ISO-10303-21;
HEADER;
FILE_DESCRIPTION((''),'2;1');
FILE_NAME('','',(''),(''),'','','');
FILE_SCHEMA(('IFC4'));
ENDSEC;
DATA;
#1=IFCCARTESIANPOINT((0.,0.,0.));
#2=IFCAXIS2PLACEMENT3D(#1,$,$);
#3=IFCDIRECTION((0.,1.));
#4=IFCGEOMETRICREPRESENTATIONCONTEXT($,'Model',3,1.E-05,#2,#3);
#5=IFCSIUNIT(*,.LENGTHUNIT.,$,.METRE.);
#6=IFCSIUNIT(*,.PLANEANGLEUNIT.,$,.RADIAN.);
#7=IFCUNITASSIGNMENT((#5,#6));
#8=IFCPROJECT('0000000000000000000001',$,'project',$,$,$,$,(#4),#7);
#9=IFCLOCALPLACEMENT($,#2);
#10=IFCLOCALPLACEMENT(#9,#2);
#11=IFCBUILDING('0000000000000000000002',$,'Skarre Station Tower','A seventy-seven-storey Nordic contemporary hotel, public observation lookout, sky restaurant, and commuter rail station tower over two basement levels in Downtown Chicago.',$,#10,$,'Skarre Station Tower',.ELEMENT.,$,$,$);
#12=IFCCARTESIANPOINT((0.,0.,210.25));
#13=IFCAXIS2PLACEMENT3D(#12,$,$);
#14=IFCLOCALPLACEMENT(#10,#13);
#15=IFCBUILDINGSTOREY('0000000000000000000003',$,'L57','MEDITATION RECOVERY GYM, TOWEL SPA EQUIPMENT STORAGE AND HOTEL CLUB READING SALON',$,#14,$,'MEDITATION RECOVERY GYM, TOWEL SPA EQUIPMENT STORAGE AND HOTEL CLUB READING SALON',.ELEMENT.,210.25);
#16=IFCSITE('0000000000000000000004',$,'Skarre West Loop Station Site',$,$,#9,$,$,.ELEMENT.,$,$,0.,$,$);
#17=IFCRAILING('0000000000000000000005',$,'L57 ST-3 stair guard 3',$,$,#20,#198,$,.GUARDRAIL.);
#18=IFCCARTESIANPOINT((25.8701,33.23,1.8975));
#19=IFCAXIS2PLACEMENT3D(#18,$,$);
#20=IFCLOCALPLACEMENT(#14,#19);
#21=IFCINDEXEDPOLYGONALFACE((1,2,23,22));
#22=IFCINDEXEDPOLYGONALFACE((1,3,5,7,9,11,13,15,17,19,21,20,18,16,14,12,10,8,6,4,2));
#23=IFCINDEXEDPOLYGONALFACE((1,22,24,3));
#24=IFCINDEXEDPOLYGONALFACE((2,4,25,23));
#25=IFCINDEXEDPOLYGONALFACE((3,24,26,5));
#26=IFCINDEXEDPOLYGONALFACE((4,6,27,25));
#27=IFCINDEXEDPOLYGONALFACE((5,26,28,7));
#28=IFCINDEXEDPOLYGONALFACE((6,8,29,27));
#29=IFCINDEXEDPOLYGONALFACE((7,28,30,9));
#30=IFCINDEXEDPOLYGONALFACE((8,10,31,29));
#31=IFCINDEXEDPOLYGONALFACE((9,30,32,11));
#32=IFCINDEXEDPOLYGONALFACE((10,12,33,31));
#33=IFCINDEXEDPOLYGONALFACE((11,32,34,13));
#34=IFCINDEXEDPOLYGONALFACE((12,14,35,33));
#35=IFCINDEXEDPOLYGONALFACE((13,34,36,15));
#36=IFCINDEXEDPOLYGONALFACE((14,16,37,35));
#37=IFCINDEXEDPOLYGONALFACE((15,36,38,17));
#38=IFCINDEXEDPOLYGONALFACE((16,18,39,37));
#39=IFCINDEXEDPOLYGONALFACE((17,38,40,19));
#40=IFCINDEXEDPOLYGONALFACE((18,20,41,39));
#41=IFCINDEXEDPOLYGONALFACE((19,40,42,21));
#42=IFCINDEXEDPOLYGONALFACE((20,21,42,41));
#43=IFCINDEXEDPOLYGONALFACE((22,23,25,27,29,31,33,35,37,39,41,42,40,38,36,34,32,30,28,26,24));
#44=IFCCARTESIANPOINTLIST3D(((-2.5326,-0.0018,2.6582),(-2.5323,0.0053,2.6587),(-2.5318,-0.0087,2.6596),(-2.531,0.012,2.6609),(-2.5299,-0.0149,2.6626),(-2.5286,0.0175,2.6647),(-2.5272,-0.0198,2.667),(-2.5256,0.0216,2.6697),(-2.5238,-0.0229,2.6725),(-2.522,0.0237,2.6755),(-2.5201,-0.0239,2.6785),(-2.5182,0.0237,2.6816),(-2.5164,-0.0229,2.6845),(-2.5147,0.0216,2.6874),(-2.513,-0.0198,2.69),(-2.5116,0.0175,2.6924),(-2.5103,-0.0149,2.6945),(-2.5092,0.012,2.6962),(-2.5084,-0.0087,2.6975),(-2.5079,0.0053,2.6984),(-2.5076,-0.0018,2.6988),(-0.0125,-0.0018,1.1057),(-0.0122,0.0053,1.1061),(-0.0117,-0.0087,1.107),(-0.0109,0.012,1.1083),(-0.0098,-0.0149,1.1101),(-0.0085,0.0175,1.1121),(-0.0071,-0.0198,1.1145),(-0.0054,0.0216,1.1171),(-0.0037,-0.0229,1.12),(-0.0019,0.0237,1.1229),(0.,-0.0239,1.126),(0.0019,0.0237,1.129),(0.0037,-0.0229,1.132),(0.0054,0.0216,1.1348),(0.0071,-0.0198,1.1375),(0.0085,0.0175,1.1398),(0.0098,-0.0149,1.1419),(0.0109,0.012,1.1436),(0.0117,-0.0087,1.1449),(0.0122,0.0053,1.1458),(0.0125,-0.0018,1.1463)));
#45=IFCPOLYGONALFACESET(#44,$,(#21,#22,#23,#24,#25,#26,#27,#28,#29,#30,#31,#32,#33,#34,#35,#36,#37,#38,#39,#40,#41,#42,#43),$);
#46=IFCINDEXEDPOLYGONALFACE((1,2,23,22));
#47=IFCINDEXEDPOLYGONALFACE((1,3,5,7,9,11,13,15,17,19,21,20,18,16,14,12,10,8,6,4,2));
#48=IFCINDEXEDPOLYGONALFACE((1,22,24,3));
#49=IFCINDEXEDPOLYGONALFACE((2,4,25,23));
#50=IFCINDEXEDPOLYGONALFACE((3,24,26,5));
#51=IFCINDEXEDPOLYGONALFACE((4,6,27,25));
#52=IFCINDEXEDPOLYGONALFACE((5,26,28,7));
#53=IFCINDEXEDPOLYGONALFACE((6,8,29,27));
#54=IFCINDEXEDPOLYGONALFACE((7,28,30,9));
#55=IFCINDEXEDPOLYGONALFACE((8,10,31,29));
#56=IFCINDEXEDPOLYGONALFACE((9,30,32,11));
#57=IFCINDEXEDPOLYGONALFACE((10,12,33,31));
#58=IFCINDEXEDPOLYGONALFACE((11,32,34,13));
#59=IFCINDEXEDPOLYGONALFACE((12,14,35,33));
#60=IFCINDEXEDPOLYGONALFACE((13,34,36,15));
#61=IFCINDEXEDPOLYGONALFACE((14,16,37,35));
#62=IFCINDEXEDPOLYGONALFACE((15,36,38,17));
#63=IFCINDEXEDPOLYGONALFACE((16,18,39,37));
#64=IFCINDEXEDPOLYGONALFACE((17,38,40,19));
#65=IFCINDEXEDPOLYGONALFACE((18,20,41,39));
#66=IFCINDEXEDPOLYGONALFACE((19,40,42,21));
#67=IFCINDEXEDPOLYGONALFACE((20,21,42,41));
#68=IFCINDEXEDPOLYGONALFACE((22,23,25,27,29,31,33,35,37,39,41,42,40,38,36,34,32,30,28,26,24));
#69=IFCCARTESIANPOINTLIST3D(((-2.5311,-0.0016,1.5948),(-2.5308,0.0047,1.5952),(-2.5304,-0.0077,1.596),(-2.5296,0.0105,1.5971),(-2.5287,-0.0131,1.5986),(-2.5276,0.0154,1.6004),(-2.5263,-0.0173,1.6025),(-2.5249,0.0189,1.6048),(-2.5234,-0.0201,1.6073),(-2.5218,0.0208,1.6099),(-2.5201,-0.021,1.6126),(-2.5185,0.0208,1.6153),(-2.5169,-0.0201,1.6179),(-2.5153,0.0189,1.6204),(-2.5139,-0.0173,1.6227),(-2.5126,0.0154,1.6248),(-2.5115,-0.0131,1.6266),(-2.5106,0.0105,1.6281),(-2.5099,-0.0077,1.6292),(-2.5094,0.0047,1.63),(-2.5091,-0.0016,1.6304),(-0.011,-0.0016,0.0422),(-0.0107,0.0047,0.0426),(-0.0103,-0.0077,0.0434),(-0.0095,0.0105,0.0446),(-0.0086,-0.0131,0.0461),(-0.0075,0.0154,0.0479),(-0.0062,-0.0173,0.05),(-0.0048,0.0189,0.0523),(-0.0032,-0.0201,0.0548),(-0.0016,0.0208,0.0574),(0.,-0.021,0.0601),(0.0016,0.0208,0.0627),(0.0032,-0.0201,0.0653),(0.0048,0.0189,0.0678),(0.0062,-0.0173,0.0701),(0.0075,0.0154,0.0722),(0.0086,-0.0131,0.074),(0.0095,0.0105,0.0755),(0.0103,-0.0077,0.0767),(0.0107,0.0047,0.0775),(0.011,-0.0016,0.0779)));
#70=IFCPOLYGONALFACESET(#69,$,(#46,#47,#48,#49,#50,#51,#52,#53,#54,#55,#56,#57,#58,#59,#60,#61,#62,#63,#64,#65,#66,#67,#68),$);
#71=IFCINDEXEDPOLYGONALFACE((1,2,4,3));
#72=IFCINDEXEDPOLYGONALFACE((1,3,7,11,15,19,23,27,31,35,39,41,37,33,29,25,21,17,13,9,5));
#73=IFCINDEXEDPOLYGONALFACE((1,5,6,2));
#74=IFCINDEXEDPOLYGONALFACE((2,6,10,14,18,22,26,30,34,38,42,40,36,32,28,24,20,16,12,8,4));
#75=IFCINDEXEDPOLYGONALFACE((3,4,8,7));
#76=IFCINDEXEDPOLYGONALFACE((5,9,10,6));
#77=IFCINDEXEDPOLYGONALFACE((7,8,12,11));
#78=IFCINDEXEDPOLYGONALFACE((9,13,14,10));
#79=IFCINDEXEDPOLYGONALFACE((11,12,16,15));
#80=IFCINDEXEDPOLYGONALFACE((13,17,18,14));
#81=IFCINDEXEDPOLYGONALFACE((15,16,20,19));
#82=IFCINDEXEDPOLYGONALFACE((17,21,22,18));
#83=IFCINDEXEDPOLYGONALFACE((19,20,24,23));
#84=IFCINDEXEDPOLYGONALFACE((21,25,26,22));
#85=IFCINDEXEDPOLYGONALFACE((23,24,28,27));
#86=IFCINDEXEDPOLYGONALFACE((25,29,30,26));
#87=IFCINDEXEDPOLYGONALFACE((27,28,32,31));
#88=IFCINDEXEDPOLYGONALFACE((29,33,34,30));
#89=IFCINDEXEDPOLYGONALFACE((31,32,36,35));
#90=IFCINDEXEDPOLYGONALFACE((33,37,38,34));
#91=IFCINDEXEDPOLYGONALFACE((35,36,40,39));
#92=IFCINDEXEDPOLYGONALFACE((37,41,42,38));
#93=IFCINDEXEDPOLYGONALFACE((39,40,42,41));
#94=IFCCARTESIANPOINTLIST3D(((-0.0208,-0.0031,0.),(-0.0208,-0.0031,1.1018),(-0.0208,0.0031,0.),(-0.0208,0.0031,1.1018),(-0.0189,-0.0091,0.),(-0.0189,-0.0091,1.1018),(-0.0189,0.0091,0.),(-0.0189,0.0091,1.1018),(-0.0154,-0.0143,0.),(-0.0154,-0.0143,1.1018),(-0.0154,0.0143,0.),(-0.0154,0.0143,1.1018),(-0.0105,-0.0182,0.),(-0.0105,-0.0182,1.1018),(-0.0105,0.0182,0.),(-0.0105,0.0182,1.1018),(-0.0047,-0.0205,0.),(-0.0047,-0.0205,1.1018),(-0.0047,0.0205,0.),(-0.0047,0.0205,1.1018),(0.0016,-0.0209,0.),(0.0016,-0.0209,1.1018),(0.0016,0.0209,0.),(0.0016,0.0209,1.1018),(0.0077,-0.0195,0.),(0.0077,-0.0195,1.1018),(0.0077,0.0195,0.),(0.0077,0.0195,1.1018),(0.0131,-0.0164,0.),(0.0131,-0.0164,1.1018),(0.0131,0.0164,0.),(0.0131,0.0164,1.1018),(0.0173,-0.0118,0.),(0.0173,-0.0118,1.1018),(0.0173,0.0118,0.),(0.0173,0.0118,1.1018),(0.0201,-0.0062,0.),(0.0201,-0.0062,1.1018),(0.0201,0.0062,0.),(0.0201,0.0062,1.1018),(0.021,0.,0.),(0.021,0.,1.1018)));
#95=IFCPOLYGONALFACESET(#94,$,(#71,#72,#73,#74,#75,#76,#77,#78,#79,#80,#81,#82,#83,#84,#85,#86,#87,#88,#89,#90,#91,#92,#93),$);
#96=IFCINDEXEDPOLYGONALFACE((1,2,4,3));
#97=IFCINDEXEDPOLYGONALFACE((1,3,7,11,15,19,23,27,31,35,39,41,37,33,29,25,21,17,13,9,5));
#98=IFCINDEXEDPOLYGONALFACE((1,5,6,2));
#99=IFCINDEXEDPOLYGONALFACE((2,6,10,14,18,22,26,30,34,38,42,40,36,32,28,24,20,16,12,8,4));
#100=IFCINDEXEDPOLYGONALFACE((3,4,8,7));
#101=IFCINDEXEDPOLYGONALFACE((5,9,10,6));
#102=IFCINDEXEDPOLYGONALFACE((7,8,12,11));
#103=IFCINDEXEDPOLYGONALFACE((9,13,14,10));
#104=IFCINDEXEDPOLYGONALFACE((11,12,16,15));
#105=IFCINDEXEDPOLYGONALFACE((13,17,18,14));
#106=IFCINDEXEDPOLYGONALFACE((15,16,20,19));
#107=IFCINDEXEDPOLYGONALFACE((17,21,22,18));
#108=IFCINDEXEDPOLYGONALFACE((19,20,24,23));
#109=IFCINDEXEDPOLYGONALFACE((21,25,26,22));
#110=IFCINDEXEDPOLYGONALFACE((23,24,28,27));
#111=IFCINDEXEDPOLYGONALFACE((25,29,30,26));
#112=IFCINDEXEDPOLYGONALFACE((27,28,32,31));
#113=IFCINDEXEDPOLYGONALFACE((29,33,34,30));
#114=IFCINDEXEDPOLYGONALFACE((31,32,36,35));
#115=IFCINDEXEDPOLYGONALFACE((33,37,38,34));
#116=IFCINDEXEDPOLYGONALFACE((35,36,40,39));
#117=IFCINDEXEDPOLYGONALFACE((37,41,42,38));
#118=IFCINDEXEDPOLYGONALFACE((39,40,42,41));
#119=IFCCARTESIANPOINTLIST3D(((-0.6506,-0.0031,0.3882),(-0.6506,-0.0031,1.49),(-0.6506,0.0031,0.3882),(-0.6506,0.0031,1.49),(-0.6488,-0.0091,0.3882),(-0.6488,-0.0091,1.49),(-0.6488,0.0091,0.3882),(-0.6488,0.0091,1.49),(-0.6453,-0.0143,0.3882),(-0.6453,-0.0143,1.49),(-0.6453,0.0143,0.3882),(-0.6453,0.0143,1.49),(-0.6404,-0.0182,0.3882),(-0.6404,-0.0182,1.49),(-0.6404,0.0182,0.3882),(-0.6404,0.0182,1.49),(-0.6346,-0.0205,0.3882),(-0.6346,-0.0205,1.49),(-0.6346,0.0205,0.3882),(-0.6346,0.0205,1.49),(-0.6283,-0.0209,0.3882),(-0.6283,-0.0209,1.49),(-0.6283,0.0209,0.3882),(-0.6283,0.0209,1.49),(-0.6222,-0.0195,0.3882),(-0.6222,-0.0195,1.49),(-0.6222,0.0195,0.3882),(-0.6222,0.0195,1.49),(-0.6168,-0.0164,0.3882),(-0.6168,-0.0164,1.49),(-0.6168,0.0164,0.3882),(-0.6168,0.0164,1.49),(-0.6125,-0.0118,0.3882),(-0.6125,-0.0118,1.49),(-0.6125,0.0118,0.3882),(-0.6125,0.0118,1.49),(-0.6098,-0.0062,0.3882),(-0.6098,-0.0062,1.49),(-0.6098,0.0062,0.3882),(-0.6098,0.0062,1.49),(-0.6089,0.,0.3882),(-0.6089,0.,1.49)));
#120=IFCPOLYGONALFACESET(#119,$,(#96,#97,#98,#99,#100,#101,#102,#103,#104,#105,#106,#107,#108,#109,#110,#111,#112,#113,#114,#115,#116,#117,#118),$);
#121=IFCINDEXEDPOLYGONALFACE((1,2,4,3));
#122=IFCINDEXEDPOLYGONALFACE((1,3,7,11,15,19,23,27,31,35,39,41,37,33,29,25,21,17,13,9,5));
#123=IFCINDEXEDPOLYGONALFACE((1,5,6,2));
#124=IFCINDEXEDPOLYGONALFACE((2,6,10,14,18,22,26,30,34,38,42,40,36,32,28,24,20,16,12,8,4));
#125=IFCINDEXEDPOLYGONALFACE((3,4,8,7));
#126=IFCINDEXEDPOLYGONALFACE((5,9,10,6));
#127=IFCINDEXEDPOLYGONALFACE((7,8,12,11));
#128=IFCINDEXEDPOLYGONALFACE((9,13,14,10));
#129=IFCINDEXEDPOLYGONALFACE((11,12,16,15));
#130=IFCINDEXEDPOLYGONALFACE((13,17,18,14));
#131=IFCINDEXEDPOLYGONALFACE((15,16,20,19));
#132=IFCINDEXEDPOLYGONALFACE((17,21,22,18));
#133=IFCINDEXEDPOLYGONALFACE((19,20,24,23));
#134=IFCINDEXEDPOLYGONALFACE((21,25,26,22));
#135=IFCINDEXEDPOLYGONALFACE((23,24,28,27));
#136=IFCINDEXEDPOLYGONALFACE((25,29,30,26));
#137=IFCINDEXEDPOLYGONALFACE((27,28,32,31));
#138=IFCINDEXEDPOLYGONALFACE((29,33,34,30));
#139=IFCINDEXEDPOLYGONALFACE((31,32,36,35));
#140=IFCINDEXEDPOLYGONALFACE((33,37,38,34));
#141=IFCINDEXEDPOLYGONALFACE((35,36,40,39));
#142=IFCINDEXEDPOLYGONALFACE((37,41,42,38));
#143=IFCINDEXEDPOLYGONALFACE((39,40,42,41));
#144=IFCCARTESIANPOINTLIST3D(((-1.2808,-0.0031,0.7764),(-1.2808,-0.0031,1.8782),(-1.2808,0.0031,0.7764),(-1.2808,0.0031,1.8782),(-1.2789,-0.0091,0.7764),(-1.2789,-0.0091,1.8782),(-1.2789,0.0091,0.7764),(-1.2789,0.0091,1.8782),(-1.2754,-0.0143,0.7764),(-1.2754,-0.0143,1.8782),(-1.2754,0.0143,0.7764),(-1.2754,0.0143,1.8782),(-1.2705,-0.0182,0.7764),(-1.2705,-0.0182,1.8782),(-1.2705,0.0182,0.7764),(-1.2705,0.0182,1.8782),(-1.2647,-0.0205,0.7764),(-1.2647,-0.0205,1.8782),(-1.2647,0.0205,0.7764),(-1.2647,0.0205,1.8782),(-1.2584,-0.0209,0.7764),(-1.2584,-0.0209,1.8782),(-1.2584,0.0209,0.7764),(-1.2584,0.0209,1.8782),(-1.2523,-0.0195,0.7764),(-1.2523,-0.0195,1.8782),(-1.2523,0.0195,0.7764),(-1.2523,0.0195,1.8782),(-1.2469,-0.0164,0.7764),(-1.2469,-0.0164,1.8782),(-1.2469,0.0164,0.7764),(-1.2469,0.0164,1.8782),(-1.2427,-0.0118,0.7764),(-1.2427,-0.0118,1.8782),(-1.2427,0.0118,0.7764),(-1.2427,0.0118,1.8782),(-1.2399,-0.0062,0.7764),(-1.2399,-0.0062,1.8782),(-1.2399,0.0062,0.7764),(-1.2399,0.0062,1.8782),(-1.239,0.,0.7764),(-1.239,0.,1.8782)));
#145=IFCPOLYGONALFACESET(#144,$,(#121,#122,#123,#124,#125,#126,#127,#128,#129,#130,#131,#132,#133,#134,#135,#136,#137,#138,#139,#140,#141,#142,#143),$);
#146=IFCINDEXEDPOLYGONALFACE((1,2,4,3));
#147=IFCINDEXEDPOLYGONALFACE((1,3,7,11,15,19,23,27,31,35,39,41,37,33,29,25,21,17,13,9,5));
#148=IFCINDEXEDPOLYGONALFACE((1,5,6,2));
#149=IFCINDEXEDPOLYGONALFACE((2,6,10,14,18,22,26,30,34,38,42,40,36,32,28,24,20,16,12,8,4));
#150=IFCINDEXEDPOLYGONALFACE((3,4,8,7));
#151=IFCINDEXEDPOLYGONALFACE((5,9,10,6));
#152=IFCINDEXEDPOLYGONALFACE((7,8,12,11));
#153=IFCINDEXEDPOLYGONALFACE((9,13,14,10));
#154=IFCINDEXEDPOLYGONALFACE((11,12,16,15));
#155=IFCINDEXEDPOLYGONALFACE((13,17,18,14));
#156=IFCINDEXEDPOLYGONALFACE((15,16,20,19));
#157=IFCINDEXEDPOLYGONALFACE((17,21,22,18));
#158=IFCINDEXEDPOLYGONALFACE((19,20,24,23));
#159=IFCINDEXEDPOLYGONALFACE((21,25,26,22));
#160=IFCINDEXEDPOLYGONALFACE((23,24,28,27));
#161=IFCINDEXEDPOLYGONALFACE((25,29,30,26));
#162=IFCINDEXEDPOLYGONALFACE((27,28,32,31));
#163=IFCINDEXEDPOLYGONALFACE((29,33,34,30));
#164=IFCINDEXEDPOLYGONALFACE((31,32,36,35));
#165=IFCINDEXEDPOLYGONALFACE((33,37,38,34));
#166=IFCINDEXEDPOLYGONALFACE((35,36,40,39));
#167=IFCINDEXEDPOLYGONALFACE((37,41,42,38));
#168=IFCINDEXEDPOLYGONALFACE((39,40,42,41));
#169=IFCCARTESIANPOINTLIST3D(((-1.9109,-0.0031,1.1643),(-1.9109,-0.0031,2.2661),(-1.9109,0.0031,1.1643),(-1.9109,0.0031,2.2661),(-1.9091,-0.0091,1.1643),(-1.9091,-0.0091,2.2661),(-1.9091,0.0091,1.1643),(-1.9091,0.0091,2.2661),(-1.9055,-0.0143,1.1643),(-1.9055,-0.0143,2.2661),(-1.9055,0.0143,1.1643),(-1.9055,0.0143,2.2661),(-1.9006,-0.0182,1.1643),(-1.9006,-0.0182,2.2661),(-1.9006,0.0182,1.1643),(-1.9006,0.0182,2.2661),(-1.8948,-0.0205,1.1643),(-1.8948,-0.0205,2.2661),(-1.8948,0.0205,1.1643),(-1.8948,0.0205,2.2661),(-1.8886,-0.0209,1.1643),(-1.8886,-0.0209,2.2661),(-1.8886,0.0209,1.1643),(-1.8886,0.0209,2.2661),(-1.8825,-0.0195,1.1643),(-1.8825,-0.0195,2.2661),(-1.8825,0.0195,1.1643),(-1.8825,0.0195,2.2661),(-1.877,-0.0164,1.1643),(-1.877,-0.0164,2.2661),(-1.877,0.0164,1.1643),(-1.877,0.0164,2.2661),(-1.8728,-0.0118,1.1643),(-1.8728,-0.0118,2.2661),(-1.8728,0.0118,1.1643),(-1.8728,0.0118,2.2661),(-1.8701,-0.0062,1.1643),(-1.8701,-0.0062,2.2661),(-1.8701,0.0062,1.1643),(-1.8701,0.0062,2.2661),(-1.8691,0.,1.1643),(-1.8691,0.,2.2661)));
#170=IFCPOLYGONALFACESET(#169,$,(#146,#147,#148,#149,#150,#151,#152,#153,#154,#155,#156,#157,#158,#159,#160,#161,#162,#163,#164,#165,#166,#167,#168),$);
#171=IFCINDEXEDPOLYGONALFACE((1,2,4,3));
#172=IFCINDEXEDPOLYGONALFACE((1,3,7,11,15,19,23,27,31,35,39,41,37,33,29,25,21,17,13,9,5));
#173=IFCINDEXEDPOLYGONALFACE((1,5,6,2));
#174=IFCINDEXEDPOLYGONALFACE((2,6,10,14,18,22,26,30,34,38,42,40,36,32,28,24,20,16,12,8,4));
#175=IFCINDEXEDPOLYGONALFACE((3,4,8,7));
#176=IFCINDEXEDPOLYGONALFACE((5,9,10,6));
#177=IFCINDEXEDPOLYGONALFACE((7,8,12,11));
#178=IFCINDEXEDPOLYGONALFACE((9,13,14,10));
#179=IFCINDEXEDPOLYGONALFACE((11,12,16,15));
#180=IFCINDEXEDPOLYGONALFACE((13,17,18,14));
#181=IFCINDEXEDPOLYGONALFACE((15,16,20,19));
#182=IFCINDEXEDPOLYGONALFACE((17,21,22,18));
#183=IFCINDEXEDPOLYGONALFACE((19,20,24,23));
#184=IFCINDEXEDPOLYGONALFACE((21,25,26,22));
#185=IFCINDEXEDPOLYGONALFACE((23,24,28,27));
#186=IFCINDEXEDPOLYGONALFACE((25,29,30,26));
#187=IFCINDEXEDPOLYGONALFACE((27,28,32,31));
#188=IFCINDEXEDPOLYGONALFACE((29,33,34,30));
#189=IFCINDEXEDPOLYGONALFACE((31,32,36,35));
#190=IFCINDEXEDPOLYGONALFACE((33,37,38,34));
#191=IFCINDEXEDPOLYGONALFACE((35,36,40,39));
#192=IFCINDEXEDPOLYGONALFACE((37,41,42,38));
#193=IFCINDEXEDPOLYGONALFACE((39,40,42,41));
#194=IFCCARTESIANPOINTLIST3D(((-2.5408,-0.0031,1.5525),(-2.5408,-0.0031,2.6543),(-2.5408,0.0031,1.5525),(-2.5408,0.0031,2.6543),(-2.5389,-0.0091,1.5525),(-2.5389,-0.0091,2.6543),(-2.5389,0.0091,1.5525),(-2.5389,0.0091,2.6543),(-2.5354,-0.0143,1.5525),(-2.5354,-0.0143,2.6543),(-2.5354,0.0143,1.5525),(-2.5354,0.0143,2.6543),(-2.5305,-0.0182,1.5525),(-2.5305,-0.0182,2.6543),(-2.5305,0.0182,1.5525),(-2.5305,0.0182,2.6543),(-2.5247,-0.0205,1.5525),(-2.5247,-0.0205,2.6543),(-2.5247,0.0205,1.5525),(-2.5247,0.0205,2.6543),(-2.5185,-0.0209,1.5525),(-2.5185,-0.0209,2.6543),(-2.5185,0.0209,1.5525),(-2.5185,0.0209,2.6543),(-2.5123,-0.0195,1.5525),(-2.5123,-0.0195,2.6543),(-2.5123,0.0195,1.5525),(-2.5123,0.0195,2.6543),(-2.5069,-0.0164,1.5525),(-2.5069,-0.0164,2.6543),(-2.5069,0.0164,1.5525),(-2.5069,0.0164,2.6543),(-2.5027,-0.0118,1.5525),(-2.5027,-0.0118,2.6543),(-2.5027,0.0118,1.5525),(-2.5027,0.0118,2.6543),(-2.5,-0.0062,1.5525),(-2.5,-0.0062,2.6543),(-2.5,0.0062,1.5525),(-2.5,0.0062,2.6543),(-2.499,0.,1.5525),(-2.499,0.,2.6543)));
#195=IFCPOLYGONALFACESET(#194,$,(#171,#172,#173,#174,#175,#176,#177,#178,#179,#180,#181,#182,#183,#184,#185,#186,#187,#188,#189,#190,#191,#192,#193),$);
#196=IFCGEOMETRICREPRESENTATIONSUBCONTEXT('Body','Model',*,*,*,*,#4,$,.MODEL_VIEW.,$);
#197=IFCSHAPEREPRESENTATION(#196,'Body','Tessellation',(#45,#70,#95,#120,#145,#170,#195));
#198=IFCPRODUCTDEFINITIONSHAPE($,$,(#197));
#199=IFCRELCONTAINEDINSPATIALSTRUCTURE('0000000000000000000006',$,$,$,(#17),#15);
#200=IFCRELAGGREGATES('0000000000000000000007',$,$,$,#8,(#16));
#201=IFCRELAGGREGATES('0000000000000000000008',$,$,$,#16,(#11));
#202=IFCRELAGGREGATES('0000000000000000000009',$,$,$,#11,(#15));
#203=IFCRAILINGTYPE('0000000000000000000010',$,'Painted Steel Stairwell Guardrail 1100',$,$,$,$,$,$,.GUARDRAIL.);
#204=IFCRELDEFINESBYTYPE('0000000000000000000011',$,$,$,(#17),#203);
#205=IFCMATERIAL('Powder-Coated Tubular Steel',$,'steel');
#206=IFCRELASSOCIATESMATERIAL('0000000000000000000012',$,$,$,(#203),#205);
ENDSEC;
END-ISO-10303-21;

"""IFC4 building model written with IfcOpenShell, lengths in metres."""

from ifc_helpers import new_model, si_unit, direction, frame, origin, origin_2d, place, context, subcontext, project, spatial, circle, extrude, material, type_object, element, save


model = new_model("IFC4")

# Units and contexts
model_context = context("Model", 3, precision=1e-05, world=origin(), true_north=direction((0.0, 1.0)))
body_context = subcontext(model_context, "Body", "Model", "MODEL_VIEW")
ifc_project = project(units=[si_unit("LENGTHUNIT", "METRE"), si_unit("PLANEANGLEUNIT", "RADIAN")], contexts=[model_context])

# Site, building, storey
site_placement = place(None, origin())
site = spatial("IfcSite", under=ifc_project, at=site_placement, Name="Skarre West Loop Station Site", CompositionType="ELEMENT", RefElevation=0.0)
building_placement = place(site_placement, origin())
building = spatial("IfcBuilding", under=site, at=building_placement, Name="Skarre Station Tower", Description="A seventy-seven-storey Nordic contemporary hotel, public observation lookout, sky restaurant, and commuter rail station tower over two basement levels in Downtown Chicago.", LongName="Skarre Station Tower", CompositionType="ELEMENT")
storey_placement = place(building_placement, frame((0.0, 0.0, 210.25)))
storey = spatial("IfcBuildingStorey", under=building, at=storey_placement, Name="L57", Description="MEDITATION RECOVERY GYM, TOWEL SPA EQUIPMENT STORAGE AND HOTEL CLUB READING SALON", LongName="MEDITATION RECOVERY GYM, TOWEL SPA EQUIPMENT STORAGE AND HOTEL CLUB READING SALON", CompositionType="ELEMENT", Elevation=210.25)

# Railing
ifc_material_1 = material(Name="Powder-Coated Tubular Steel", Category="steel")
railing_type_1 = type_object("IfcRailingType", Name="Painted Steel Stairwell Guardrail 1100", PredefinedType="GUARDRAIL", material=ifc_material_1)
railing_1_placement = place(storey_placement, frame((25.8701, 33.23, 1.8975)))
element("IfcRailing", 1, at=railing_1_placement, inside=storey, type_object=railing_type_1, Name="L57 ST-3 stair guard 3", PredefinedType="GUARDRAIL", context=body_context, shape_type="SweptSolid", body=[
    extrude(circle(Radius=0.0239, at=origin_2d()), frame((0.0, 0.0, 1.126), z_axis=(-0.8514, 0.0, 0.524516), x_axis=(0.0, -1.0, 0.0)), (0.0, 0.0, 1.0), 2.96),
    extrude(circle(Radius=0.021, at=origin_2d()), frame((0.0, 0.0, 0.0601), z_axis=(-0.8514, 0.0, 0.524516), x_axis=(0.0, -1.0, 0.0)), (0.0, 0.0, 1.0), 2.96),
    extrude(circle(Radius=0.021, at=origin_2d()), origin(), (0.0, 0.0, 1.0), 1.1018),
    extrude(circle(Radius=0.021, at=origin_2d()), frame((-0.6299, 0.0, 0.3882)), (0.0, 0.0, 1.0), 1.1018),
    extrude(circle(Radius=0.021, at=origin_2d()), frame((-1.26, 0.0, 0.7764)), (0.0, 0.0, 1.0), 1.1018),
    extrude(circle(Radius=0.021, at=origin_2d()), frame((-1.8901, 0.0, 1.1643)), (0.0, 0.0, 1.0), 1.1018),
    extrude(circle(Radius=0.021, at=origin_2d()), frame((-2.52, 0.0, 1.5525)), (0.0, 0.0, 1.0), 1.1018),
])

save(model, "model.ifc")
